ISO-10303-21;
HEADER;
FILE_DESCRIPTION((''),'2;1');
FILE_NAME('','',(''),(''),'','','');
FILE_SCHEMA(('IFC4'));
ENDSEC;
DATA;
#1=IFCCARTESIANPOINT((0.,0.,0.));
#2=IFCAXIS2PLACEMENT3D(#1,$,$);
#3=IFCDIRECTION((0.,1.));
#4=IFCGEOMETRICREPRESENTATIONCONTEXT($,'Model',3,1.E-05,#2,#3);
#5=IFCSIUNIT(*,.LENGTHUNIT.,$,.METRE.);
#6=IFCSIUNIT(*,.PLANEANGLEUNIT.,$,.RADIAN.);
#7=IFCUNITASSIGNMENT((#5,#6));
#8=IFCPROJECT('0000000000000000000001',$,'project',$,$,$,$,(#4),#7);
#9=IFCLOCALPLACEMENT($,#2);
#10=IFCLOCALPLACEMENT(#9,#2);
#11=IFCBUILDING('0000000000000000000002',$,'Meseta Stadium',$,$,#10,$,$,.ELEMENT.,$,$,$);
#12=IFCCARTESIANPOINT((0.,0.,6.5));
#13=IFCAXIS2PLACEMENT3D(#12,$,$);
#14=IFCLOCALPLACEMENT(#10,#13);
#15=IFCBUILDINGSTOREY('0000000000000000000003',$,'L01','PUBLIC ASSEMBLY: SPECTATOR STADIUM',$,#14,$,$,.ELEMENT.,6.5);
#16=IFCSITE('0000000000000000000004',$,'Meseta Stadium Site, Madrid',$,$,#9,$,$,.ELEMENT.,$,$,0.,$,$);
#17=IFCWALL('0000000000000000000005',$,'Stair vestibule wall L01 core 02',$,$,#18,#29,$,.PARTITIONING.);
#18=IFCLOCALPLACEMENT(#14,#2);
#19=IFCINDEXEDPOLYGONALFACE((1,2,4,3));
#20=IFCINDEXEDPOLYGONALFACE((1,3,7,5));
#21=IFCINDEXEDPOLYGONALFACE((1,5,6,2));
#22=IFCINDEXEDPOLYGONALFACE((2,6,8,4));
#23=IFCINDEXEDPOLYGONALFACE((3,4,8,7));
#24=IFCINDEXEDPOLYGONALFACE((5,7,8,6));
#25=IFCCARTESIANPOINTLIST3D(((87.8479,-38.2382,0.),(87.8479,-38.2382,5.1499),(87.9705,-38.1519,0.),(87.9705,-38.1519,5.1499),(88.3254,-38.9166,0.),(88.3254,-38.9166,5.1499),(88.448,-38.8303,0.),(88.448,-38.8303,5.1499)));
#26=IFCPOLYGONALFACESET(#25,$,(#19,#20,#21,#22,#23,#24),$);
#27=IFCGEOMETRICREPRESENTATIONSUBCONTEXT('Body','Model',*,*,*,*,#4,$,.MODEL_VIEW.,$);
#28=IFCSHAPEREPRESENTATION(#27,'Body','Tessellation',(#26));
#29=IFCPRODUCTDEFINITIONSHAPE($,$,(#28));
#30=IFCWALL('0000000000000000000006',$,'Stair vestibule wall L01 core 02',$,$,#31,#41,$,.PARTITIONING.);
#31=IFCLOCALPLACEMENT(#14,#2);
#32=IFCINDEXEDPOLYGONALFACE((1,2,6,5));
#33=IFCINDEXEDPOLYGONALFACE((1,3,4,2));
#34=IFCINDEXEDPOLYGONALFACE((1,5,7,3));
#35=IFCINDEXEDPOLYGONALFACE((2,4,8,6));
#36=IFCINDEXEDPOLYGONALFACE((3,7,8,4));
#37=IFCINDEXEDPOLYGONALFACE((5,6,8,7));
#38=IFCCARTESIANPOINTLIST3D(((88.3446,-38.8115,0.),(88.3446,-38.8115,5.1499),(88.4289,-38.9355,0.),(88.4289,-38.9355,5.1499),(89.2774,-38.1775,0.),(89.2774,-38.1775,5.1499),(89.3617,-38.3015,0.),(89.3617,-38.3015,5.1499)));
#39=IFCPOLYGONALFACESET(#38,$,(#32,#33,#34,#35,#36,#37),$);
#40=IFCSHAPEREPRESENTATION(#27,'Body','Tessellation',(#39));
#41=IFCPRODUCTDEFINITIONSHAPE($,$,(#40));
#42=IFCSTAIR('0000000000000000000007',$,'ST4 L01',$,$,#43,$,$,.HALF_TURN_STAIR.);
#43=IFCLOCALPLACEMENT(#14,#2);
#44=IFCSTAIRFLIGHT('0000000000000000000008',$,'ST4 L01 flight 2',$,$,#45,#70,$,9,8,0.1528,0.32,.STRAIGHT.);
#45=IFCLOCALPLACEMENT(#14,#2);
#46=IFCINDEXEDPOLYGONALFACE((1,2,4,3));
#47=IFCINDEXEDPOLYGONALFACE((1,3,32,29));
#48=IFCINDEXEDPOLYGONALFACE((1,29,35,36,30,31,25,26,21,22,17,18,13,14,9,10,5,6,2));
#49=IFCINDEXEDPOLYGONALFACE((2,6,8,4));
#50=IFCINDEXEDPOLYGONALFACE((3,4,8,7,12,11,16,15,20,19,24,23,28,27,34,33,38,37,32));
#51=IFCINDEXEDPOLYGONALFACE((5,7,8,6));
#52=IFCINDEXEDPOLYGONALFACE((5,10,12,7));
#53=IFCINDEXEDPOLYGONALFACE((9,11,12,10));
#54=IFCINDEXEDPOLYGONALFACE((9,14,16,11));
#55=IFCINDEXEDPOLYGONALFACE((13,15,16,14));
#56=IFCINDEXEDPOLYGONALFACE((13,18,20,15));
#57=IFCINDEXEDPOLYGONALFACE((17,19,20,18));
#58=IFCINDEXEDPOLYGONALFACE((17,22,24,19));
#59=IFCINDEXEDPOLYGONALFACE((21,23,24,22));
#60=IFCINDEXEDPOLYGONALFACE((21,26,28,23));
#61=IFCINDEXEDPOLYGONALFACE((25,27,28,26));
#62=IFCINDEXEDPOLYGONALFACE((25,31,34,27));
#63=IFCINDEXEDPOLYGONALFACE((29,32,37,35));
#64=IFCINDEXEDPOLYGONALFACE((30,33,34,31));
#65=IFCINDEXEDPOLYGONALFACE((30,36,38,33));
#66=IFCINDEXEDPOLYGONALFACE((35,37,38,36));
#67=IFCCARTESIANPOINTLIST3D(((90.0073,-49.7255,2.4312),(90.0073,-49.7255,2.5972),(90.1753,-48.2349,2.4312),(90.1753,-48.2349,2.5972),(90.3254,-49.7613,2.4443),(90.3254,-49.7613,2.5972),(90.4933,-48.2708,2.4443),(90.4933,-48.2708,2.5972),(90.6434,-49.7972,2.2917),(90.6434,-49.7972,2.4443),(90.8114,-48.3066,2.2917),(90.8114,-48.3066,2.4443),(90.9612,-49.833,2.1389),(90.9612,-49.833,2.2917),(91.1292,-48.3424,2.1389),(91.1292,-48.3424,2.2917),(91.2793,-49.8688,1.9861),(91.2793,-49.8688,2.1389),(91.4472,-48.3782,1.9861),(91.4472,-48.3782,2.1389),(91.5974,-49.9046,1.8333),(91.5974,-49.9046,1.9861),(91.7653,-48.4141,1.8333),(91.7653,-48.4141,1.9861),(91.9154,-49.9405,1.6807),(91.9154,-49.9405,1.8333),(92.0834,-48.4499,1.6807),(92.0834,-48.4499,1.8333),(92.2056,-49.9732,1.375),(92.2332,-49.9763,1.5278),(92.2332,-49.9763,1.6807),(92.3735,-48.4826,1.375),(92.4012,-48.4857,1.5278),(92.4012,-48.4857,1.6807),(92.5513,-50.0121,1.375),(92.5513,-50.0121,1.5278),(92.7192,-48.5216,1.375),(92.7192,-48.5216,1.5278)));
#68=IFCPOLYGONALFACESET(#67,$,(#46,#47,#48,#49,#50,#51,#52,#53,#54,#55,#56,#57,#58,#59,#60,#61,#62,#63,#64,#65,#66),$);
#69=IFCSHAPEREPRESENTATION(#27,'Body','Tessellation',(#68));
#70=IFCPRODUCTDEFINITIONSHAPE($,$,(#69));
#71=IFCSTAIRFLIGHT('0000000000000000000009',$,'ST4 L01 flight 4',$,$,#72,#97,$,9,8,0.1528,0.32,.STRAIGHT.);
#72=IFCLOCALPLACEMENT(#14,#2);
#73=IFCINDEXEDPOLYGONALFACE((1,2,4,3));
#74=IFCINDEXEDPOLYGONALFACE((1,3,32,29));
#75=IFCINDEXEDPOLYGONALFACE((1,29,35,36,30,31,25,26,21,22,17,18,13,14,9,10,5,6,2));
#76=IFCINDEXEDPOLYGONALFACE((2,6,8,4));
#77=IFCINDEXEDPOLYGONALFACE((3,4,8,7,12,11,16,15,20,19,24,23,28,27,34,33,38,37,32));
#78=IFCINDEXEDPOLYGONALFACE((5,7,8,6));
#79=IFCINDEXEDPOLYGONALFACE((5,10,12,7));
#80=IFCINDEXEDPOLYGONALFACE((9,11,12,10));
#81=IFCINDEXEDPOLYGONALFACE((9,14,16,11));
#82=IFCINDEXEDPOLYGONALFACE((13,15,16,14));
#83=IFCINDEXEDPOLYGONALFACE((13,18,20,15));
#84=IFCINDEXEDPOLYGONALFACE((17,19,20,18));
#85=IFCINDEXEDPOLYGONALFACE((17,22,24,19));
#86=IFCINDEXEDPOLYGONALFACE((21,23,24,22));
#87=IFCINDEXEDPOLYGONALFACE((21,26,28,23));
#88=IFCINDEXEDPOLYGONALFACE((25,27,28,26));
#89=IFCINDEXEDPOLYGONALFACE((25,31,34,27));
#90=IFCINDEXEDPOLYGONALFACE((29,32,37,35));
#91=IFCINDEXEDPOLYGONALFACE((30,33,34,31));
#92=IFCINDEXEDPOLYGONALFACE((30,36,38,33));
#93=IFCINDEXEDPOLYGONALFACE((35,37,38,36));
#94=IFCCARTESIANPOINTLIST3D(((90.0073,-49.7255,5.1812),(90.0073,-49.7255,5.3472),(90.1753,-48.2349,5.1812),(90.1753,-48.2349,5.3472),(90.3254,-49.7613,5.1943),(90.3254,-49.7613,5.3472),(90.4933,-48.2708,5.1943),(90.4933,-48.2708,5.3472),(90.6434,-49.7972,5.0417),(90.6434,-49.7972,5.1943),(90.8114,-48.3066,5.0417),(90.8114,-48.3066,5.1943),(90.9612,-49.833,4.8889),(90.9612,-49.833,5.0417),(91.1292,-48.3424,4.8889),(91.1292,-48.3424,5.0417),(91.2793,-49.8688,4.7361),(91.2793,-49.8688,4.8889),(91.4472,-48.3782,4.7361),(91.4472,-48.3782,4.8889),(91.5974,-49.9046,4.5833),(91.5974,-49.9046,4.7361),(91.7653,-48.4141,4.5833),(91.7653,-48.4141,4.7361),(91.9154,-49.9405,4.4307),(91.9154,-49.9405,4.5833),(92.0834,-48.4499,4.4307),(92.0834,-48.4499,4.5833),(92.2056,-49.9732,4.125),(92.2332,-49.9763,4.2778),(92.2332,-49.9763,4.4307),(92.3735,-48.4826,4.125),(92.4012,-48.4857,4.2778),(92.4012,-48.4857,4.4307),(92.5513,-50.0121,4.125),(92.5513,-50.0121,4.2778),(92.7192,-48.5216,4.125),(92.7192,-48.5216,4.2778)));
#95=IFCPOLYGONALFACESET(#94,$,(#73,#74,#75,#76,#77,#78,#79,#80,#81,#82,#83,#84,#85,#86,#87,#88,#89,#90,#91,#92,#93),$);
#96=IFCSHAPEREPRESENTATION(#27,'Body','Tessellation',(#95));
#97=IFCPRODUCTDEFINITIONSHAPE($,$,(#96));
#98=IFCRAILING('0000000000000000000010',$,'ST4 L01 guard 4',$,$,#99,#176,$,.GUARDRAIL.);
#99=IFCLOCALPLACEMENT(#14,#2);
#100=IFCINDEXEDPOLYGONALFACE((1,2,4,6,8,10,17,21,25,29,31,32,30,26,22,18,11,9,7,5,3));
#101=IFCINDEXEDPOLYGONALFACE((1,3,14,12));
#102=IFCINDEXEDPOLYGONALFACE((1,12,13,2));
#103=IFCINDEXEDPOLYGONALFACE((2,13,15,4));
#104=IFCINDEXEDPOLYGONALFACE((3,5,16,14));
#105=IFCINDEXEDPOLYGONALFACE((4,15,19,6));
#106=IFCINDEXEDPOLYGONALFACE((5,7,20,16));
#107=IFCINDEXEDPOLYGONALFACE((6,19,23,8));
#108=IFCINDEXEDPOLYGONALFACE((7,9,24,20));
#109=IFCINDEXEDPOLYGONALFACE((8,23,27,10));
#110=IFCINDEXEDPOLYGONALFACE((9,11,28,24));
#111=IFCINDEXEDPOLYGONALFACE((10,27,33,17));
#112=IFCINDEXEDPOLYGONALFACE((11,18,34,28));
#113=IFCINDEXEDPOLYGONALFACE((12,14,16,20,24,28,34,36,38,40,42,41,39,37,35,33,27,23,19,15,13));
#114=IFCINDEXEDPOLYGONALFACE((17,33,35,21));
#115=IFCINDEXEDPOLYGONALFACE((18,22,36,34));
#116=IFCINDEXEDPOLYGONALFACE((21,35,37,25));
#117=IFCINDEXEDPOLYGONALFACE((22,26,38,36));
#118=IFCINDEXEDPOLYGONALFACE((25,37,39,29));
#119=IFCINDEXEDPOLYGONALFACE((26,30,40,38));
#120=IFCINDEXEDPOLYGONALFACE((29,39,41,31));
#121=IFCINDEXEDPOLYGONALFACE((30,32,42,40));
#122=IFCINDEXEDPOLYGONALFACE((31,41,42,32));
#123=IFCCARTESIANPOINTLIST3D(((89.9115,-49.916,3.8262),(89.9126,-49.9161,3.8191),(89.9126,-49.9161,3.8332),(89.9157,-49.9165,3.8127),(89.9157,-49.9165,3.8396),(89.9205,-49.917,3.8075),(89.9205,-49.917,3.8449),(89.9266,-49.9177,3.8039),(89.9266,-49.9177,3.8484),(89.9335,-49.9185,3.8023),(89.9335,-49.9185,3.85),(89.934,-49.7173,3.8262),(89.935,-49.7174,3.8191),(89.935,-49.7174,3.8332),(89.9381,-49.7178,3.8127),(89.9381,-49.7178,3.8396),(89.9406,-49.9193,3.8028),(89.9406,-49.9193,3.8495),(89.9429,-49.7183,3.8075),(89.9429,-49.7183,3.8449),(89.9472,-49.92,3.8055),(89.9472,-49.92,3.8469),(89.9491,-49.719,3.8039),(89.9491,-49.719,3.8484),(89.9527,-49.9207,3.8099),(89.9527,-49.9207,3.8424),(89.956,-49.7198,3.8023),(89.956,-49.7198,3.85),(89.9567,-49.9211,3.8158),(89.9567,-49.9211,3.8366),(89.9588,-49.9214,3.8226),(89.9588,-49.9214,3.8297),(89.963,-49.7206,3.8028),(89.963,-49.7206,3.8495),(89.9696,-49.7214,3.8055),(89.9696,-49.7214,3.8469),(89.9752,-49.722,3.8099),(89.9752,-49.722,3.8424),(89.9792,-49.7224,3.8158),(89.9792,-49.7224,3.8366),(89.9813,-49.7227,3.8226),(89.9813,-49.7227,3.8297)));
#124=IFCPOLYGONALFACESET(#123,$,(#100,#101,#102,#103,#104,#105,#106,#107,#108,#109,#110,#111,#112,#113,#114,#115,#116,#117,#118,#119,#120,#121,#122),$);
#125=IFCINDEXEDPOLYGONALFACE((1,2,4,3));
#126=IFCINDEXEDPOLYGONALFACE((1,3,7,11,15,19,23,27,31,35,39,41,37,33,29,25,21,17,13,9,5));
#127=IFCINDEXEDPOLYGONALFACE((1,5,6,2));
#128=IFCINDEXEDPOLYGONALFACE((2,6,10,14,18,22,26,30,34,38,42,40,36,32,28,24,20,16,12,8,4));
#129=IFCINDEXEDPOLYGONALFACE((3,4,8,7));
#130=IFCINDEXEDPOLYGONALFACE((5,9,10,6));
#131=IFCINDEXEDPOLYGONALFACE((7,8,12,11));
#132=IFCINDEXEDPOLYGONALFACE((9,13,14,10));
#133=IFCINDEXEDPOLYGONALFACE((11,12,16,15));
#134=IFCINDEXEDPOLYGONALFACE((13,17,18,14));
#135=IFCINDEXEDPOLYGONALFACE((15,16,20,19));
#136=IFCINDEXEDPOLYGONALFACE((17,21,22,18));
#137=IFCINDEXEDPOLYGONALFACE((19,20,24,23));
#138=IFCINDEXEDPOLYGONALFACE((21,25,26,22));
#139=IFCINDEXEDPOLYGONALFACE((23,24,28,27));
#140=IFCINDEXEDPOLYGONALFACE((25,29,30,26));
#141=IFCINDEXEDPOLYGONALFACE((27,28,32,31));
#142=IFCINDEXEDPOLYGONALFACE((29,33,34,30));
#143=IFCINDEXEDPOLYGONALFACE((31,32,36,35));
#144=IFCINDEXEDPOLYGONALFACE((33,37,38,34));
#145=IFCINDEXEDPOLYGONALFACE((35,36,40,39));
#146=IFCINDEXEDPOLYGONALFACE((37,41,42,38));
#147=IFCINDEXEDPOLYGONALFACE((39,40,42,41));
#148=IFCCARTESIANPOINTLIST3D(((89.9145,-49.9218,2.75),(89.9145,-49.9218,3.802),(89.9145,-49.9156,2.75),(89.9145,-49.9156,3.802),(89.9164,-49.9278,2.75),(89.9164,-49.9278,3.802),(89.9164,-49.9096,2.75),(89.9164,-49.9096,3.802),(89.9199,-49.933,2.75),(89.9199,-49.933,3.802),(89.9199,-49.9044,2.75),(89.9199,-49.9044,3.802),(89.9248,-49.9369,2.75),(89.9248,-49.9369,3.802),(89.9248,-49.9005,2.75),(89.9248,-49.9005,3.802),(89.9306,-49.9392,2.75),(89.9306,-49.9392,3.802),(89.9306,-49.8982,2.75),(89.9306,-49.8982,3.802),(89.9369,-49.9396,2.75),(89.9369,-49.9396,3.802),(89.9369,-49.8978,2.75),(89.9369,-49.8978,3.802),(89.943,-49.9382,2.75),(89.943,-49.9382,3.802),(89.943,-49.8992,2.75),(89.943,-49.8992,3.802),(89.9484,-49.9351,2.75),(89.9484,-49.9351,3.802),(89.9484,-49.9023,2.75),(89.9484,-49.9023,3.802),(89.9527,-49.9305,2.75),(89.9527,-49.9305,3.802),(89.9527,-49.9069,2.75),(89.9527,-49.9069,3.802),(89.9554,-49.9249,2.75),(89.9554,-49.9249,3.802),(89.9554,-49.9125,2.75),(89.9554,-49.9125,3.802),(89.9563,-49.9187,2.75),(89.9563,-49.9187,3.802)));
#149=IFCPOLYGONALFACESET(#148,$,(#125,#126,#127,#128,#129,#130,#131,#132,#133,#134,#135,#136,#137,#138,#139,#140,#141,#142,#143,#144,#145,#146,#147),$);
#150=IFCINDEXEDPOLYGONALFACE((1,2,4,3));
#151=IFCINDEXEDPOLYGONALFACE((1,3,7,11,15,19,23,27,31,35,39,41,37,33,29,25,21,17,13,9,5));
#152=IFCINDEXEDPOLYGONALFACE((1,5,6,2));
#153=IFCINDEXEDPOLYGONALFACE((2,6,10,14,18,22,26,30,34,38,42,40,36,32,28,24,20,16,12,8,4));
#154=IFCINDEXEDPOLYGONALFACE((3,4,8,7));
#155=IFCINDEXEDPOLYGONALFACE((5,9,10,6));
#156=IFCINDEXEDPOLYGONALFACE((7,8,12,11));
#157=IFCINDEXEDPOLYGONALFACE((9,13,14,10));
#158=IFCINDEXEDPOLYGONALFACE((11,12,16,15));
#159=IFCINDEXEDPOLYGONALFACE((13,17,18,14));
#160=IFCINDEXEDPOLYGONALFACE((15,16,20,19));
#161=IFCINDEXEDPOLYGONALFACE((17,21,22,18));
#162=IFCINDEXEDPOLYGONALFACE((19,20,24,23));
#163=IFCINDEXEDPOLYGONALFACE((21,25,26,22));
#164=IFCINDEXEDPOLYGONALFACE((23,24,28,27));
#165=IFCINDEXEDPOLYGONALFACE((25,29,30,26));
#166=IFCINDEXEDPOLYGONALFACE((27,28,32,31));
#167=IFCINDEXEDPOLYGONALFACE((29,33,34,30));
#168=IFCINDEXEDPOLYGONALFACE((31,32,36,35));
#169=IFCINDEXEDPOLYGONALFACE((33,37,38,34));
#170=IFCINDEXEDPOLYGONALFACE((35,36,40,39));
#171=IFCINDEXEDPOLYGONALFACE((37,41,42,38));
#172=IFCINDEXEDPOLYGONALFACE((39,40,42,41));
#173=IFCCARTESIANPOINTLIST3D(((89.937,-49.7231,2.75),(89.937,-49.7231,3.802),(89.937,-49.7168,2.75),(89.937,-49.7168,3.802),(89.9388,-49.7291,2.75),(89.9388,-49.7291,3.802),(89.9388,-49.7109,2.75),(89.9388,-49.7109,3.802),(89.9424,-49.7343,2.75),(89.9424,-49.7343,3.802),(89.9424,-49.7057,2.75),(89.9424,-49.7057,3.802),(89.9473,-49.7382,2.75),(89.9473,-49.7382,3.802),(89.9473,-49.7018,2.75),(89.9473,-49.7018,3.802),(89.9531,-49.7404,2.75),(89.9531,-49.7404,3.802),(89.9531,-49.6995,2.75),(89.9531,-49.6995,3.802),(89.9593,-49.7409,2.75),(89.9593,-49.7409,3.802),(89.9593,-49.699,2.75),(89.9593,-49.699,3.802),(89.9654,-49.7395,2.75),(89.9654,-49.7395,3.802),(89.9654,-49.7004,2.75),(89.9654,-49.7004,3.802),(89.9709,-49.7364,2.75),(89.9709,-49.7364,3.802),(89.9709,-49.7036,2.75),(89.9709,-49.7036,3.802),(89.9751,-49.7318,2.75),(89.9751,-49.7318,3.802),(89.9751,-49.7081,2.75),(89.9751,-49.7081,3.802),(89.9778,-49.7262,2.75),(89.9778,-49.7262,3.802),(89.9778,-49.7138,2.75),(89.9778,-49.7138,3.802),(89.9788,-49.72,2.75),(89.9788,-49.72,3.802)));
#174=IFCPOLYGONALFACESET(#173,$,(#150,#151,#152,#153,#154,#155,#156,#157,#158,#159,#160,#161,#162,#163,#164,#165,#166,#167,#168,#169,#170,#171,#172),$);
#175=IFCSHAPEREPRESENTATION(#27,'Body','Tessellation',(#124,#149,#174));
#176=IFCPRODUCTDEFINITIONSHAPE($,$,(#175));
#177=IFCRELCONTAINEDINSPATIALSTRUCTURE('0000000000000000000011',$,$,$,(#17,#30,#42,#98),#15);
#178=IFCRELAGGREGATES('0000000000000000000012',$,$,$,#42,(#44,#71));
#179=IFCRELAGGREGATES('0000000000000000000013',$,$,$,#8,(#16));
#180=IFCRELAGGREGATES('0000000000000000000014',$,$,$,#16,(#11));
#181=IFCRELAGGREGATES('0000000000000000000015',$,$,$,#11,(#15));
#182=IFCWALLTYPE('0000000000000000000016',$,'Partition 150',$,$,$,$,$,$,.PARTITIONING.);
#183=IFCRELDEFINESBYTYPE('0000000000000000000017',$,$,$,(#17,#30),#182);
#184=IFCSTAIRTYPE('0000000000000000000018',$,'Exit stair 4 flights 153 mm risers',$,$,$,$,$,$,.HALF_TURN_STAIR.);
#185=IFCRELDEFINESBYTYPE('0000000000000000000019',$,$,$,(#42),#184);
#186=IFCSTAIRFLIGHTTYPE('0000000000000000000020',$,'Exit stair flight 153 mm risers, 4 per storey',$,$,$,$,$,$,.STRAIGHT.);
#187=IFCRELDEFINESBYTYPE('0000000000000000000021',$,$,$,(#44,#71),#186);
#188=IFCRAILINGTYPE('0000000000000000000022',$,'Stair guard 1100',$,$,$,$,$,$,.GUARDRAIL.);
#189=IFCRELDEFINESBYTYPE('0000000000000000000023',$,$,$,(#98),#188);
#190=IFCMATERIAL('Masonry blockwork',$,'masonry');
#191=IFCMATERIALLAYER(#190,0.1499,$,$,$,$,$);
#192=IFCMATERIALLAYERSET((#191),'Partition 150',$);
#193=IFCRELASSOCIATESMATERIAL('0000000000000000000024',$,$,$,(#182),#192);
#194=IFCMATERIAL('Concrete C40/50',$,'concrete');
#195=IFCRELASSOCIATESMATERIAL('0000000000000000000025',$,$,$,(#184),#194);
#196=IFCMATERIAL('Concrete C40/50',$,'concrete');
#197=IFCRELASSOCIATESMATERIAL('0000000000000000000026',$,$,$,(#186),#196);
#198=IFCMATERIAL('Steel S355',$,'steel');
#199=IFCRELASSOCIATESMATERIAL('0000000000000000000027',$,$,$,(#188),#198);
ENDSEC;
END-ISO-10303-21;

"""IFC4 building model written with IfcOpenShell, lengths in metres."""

from ifc_helpers import new_model, si_unit, direction, frame, frame_2d, origin, origin_2d, place, context, subcontext, project, spatial, polyline, rectangle, circle, outline, extrude, material, layer, layer_set, type_object, element, aggregate, save


model = new_model("IFC4")

# Units and contexts
model_context = context("Model", 3, precision=1e-05, world=origin(), true_north=direction((0.0, 1.0)))
body_context = subcontext(model_context, "Body", "Model", "MODEL_VIEW")
ifc_project = project(units=[si_unit("LENGTHUNIT", "METRE"), si_unit("PLANEANGLEUNIT", "RADIAN")], contexts=[model_context])

# Site, building, storey
site_placement = place(None, origin())
site = spatial("IfcSite", under=ifc_project, at=site_placement, Name="Meseta Stadium Site, Madrid", CompositionType="ELEMENT", RefElevation=0.0)
building_placement = place(site_placement, origin())
building = spatial("IfcBuilding", under=site, at=building_placement, Name="Meseta Stadium", CompositionType="ELEMENT")
storey_placement = place(building_placement, frame((0.0, 0.0, 6.5)))
storey = spatial("IfcBuildingStorey", under=building, at=storey_placement, Name="L01", Description="PUBLIC ASSEMBLY: SPECTATOR STADIUM", CompositionType="ELEMENT", Elevation=6.5)

# Shared definitions
ifc_material_1 = material(Name="Masonry blockwork", Category="masonry")
ifc_layer = layer(ifc_material_1, 0.1499)
ifc_layer_set = layer_set([ifc_layer], Name="Partition 150")
wall_type = type_object("IfcWallType", Name="Partition 150", PredefinedType="PARTITIONING", material=ifc_layer_set)

# Walls
wall_1_placement = place(storey_placement, frame((87.9092, -38.1951, 0.0), z_axis=(0.0, 0.0, 1.0), x_axis=(0.575574, -0.81775, 0.0)))
element("IfcWall", 1, at=wall_1_placement, inside=storey, type_object=wall_type, Name="Stair vestibule wall L01 core 02", PredefinedType="PARTITIONING", context=body_context, shape_type="SweptSolid", body=[
    extrude(rectangle(XDim=0.8296, YDim=0.1499, at=frame_2d((0.4148, 0.0))), origin(), (0.0, 0.0, 1.0), 5.1499),
])
wall_2_placement = place(storey_placement, frame((88.3867, -38.8735, 0.0), z_axis=(0.0, 0.0, 1.0), x_axis=(0.827055, 0.562121, 0.0)))
element("IfcWall", 2, at=wall_2_placement, inside=storey, type_object=wall_type, Name="Stair vestibule wall L01 core 02", PredefinedType="PARTITIONING", context=body_context, shape_type="SweptSolid", body=[
    extrude(rectangle(XDim=1.1279, YDim=0.1499, at=frame_2d((0.564, 0.0))), origin(), (0.0, 0.0, 1.0), 5.1499),
])

# Stair, stair flights
ifc_material_2 = material(Name="Concrete C40/50", Category="concrete")
stair_type = type_object("IfcStairType", Name="Exit stair 4 flights 153 mm risers", PredefinedType="HALF_TURN_STAIR", material=ifc_material_2)
stair_placement = place(storey_placement, origin())
stair = element("IfcStair", 3, at=stair_placement, inside=storey, type_object=stair_type, Name="ST4 L01", PredefinedType="HALF_TURN_STAIR")
ifc_material_3 = material(Name="Concrete C40/50", Category="concrete")
stair_flight_type = type_object("IfcStairFlightType", Name="Exit stair flight 153 mm risers, 4 per storey", PredefinedType="STRAIGHT", material=ifc_material_3)
stair_flight_1_placement = place(storey_placement, frame((92.6353, -49.2668, 1.375), z_axis=(0.0, 0.0, 1.0), x_axis=(-0.993712, 0.111964, 0.0)))
stair_flight_1 = element("IfcStairFlight", 4, at=stair_flight_1_placement, type_object=stair_flight_type, Name="ST4 L01 flight 2", NumberOfRisers=9, NumberOfTreads=8, PredefinedType="STRAIGHT", RiserHeight=0.1528, TreadLength=0.32, context=body_context, shape_type="SweptSolid", body=[
    extrude(outline(polyline([(0.0, 0.0), (0.0, 0.1528), (0.3201, 0.1528), (0.3201, 0.3057), (0.6399, 0.3057), (0.6399, 0.4583), (0.96, 0.4583), (0.96, 0.6111), (1.28, 0.6111), (1.28, 0.7639), (1.6001, 0.7639), (1.6001, 0.9167), (1.9199, 0.9167), (1.9199, 1.0693), (2.24, 1.0693), (2.24, 1.2222), (2.5601, 1.2222), (2.5601, 1.0562), (0.3479, 0.0), (0.0, 0.0)])), frame((0.0, 0.75, 0.0), z_axis=(0.0, -1.0, 0.0), x_axis=(1.0, 0.0, 0.0)), (0.0, 0.0, 1.0), 1.5),
])
stair_flight_2_placement = place(storey_placement, frame((92.6353, -49.2668, 4.125), z_axis=(0.0, 0.0, 1.0), x_axis=(-0.993712, 0.111964, 0.0)))
stair_flight_2 = element("IfcStairFlight", 5, at=stair_flight_2_placement, type_object=stair_flight_type, Name="ST4 L01 flight 4", NumberOfRisers=9, NumberOfTreads=8, PredefinedType="STRAIGHT", RiserHeight=0.1528, TreadLength=0.32, context=body_context, shape_type="SweptSolid", body=[
    extrude(outline(polyline([(0.0, 0.0), (0.0, 0.1528), (0.3201, 0.1528), (0.3201, 0.3057), (0.6399, 0.3057), (0.6399, 0.4583), (0.96, 0.4583), (0.96, 0.6111), (1.28, 0.6111), (1.28, 0.7639), (1.6001, 0.7639), (1.6001, 0.9167), (1.9199, 0.9167), (1.9199, 1.0693), (2.24, 1.0693), (2.24, 1.2222), (2.5601, 1.2222), (2.5601, 1.0562), (0.3479, 0.0), (0.0, 0.0)])), frame((0.0, 0.75, 0.0), z_axis=(0.0, -1.0, 0.0), x_axis=(1.0, 0.0, 0.0)), (0.0, 0.0, 1.0), 1.5),
])
aggregate(stair, [stair_flight_1, stair_flight_2])

# Railing
ifc_material_4 = material(Name="Steel S355", Category="steel")
railing_type_1 = type_object("IfcRailingType", Name="Stair guard 1100", PredefinedType="GUARDRAIL", material=ifc_material_4)
for number, where, name in (
    (6, (89.9353, -49.9187, 2.75), "ST4 L01 guard 4"),
):
    element("IfcRailing", number, at=place(storey_placement, frame(where)), inside=storey, type_object=railing_type_1, Name=name, PredefinedType="GUARDRAIL", context=body_context, shape_type="SweptSolid", body=[
        extrude(circle(Radius=0.0239, at=origin_2d()), frame((0.0, 0.0, 1.0762), z_axis=(0.112307, 0.993674, 0.0), x_axis=(-0.993674, 0.112307, 0.0)), (0.0, 0.0, 1.0), 0.2),
        extrude(circle(Radius=0.021, at=origin_2d()), origin(), (0.0, 0.0, 1.0), 1.052),
        extrude(circle(Radius=0.021, at=origin_2d()), frame((0.0225, 0.1987, 0.0)), (0.0, 0.0, 1.0), 1.052),
    ])

save(model, "model.ifc")
